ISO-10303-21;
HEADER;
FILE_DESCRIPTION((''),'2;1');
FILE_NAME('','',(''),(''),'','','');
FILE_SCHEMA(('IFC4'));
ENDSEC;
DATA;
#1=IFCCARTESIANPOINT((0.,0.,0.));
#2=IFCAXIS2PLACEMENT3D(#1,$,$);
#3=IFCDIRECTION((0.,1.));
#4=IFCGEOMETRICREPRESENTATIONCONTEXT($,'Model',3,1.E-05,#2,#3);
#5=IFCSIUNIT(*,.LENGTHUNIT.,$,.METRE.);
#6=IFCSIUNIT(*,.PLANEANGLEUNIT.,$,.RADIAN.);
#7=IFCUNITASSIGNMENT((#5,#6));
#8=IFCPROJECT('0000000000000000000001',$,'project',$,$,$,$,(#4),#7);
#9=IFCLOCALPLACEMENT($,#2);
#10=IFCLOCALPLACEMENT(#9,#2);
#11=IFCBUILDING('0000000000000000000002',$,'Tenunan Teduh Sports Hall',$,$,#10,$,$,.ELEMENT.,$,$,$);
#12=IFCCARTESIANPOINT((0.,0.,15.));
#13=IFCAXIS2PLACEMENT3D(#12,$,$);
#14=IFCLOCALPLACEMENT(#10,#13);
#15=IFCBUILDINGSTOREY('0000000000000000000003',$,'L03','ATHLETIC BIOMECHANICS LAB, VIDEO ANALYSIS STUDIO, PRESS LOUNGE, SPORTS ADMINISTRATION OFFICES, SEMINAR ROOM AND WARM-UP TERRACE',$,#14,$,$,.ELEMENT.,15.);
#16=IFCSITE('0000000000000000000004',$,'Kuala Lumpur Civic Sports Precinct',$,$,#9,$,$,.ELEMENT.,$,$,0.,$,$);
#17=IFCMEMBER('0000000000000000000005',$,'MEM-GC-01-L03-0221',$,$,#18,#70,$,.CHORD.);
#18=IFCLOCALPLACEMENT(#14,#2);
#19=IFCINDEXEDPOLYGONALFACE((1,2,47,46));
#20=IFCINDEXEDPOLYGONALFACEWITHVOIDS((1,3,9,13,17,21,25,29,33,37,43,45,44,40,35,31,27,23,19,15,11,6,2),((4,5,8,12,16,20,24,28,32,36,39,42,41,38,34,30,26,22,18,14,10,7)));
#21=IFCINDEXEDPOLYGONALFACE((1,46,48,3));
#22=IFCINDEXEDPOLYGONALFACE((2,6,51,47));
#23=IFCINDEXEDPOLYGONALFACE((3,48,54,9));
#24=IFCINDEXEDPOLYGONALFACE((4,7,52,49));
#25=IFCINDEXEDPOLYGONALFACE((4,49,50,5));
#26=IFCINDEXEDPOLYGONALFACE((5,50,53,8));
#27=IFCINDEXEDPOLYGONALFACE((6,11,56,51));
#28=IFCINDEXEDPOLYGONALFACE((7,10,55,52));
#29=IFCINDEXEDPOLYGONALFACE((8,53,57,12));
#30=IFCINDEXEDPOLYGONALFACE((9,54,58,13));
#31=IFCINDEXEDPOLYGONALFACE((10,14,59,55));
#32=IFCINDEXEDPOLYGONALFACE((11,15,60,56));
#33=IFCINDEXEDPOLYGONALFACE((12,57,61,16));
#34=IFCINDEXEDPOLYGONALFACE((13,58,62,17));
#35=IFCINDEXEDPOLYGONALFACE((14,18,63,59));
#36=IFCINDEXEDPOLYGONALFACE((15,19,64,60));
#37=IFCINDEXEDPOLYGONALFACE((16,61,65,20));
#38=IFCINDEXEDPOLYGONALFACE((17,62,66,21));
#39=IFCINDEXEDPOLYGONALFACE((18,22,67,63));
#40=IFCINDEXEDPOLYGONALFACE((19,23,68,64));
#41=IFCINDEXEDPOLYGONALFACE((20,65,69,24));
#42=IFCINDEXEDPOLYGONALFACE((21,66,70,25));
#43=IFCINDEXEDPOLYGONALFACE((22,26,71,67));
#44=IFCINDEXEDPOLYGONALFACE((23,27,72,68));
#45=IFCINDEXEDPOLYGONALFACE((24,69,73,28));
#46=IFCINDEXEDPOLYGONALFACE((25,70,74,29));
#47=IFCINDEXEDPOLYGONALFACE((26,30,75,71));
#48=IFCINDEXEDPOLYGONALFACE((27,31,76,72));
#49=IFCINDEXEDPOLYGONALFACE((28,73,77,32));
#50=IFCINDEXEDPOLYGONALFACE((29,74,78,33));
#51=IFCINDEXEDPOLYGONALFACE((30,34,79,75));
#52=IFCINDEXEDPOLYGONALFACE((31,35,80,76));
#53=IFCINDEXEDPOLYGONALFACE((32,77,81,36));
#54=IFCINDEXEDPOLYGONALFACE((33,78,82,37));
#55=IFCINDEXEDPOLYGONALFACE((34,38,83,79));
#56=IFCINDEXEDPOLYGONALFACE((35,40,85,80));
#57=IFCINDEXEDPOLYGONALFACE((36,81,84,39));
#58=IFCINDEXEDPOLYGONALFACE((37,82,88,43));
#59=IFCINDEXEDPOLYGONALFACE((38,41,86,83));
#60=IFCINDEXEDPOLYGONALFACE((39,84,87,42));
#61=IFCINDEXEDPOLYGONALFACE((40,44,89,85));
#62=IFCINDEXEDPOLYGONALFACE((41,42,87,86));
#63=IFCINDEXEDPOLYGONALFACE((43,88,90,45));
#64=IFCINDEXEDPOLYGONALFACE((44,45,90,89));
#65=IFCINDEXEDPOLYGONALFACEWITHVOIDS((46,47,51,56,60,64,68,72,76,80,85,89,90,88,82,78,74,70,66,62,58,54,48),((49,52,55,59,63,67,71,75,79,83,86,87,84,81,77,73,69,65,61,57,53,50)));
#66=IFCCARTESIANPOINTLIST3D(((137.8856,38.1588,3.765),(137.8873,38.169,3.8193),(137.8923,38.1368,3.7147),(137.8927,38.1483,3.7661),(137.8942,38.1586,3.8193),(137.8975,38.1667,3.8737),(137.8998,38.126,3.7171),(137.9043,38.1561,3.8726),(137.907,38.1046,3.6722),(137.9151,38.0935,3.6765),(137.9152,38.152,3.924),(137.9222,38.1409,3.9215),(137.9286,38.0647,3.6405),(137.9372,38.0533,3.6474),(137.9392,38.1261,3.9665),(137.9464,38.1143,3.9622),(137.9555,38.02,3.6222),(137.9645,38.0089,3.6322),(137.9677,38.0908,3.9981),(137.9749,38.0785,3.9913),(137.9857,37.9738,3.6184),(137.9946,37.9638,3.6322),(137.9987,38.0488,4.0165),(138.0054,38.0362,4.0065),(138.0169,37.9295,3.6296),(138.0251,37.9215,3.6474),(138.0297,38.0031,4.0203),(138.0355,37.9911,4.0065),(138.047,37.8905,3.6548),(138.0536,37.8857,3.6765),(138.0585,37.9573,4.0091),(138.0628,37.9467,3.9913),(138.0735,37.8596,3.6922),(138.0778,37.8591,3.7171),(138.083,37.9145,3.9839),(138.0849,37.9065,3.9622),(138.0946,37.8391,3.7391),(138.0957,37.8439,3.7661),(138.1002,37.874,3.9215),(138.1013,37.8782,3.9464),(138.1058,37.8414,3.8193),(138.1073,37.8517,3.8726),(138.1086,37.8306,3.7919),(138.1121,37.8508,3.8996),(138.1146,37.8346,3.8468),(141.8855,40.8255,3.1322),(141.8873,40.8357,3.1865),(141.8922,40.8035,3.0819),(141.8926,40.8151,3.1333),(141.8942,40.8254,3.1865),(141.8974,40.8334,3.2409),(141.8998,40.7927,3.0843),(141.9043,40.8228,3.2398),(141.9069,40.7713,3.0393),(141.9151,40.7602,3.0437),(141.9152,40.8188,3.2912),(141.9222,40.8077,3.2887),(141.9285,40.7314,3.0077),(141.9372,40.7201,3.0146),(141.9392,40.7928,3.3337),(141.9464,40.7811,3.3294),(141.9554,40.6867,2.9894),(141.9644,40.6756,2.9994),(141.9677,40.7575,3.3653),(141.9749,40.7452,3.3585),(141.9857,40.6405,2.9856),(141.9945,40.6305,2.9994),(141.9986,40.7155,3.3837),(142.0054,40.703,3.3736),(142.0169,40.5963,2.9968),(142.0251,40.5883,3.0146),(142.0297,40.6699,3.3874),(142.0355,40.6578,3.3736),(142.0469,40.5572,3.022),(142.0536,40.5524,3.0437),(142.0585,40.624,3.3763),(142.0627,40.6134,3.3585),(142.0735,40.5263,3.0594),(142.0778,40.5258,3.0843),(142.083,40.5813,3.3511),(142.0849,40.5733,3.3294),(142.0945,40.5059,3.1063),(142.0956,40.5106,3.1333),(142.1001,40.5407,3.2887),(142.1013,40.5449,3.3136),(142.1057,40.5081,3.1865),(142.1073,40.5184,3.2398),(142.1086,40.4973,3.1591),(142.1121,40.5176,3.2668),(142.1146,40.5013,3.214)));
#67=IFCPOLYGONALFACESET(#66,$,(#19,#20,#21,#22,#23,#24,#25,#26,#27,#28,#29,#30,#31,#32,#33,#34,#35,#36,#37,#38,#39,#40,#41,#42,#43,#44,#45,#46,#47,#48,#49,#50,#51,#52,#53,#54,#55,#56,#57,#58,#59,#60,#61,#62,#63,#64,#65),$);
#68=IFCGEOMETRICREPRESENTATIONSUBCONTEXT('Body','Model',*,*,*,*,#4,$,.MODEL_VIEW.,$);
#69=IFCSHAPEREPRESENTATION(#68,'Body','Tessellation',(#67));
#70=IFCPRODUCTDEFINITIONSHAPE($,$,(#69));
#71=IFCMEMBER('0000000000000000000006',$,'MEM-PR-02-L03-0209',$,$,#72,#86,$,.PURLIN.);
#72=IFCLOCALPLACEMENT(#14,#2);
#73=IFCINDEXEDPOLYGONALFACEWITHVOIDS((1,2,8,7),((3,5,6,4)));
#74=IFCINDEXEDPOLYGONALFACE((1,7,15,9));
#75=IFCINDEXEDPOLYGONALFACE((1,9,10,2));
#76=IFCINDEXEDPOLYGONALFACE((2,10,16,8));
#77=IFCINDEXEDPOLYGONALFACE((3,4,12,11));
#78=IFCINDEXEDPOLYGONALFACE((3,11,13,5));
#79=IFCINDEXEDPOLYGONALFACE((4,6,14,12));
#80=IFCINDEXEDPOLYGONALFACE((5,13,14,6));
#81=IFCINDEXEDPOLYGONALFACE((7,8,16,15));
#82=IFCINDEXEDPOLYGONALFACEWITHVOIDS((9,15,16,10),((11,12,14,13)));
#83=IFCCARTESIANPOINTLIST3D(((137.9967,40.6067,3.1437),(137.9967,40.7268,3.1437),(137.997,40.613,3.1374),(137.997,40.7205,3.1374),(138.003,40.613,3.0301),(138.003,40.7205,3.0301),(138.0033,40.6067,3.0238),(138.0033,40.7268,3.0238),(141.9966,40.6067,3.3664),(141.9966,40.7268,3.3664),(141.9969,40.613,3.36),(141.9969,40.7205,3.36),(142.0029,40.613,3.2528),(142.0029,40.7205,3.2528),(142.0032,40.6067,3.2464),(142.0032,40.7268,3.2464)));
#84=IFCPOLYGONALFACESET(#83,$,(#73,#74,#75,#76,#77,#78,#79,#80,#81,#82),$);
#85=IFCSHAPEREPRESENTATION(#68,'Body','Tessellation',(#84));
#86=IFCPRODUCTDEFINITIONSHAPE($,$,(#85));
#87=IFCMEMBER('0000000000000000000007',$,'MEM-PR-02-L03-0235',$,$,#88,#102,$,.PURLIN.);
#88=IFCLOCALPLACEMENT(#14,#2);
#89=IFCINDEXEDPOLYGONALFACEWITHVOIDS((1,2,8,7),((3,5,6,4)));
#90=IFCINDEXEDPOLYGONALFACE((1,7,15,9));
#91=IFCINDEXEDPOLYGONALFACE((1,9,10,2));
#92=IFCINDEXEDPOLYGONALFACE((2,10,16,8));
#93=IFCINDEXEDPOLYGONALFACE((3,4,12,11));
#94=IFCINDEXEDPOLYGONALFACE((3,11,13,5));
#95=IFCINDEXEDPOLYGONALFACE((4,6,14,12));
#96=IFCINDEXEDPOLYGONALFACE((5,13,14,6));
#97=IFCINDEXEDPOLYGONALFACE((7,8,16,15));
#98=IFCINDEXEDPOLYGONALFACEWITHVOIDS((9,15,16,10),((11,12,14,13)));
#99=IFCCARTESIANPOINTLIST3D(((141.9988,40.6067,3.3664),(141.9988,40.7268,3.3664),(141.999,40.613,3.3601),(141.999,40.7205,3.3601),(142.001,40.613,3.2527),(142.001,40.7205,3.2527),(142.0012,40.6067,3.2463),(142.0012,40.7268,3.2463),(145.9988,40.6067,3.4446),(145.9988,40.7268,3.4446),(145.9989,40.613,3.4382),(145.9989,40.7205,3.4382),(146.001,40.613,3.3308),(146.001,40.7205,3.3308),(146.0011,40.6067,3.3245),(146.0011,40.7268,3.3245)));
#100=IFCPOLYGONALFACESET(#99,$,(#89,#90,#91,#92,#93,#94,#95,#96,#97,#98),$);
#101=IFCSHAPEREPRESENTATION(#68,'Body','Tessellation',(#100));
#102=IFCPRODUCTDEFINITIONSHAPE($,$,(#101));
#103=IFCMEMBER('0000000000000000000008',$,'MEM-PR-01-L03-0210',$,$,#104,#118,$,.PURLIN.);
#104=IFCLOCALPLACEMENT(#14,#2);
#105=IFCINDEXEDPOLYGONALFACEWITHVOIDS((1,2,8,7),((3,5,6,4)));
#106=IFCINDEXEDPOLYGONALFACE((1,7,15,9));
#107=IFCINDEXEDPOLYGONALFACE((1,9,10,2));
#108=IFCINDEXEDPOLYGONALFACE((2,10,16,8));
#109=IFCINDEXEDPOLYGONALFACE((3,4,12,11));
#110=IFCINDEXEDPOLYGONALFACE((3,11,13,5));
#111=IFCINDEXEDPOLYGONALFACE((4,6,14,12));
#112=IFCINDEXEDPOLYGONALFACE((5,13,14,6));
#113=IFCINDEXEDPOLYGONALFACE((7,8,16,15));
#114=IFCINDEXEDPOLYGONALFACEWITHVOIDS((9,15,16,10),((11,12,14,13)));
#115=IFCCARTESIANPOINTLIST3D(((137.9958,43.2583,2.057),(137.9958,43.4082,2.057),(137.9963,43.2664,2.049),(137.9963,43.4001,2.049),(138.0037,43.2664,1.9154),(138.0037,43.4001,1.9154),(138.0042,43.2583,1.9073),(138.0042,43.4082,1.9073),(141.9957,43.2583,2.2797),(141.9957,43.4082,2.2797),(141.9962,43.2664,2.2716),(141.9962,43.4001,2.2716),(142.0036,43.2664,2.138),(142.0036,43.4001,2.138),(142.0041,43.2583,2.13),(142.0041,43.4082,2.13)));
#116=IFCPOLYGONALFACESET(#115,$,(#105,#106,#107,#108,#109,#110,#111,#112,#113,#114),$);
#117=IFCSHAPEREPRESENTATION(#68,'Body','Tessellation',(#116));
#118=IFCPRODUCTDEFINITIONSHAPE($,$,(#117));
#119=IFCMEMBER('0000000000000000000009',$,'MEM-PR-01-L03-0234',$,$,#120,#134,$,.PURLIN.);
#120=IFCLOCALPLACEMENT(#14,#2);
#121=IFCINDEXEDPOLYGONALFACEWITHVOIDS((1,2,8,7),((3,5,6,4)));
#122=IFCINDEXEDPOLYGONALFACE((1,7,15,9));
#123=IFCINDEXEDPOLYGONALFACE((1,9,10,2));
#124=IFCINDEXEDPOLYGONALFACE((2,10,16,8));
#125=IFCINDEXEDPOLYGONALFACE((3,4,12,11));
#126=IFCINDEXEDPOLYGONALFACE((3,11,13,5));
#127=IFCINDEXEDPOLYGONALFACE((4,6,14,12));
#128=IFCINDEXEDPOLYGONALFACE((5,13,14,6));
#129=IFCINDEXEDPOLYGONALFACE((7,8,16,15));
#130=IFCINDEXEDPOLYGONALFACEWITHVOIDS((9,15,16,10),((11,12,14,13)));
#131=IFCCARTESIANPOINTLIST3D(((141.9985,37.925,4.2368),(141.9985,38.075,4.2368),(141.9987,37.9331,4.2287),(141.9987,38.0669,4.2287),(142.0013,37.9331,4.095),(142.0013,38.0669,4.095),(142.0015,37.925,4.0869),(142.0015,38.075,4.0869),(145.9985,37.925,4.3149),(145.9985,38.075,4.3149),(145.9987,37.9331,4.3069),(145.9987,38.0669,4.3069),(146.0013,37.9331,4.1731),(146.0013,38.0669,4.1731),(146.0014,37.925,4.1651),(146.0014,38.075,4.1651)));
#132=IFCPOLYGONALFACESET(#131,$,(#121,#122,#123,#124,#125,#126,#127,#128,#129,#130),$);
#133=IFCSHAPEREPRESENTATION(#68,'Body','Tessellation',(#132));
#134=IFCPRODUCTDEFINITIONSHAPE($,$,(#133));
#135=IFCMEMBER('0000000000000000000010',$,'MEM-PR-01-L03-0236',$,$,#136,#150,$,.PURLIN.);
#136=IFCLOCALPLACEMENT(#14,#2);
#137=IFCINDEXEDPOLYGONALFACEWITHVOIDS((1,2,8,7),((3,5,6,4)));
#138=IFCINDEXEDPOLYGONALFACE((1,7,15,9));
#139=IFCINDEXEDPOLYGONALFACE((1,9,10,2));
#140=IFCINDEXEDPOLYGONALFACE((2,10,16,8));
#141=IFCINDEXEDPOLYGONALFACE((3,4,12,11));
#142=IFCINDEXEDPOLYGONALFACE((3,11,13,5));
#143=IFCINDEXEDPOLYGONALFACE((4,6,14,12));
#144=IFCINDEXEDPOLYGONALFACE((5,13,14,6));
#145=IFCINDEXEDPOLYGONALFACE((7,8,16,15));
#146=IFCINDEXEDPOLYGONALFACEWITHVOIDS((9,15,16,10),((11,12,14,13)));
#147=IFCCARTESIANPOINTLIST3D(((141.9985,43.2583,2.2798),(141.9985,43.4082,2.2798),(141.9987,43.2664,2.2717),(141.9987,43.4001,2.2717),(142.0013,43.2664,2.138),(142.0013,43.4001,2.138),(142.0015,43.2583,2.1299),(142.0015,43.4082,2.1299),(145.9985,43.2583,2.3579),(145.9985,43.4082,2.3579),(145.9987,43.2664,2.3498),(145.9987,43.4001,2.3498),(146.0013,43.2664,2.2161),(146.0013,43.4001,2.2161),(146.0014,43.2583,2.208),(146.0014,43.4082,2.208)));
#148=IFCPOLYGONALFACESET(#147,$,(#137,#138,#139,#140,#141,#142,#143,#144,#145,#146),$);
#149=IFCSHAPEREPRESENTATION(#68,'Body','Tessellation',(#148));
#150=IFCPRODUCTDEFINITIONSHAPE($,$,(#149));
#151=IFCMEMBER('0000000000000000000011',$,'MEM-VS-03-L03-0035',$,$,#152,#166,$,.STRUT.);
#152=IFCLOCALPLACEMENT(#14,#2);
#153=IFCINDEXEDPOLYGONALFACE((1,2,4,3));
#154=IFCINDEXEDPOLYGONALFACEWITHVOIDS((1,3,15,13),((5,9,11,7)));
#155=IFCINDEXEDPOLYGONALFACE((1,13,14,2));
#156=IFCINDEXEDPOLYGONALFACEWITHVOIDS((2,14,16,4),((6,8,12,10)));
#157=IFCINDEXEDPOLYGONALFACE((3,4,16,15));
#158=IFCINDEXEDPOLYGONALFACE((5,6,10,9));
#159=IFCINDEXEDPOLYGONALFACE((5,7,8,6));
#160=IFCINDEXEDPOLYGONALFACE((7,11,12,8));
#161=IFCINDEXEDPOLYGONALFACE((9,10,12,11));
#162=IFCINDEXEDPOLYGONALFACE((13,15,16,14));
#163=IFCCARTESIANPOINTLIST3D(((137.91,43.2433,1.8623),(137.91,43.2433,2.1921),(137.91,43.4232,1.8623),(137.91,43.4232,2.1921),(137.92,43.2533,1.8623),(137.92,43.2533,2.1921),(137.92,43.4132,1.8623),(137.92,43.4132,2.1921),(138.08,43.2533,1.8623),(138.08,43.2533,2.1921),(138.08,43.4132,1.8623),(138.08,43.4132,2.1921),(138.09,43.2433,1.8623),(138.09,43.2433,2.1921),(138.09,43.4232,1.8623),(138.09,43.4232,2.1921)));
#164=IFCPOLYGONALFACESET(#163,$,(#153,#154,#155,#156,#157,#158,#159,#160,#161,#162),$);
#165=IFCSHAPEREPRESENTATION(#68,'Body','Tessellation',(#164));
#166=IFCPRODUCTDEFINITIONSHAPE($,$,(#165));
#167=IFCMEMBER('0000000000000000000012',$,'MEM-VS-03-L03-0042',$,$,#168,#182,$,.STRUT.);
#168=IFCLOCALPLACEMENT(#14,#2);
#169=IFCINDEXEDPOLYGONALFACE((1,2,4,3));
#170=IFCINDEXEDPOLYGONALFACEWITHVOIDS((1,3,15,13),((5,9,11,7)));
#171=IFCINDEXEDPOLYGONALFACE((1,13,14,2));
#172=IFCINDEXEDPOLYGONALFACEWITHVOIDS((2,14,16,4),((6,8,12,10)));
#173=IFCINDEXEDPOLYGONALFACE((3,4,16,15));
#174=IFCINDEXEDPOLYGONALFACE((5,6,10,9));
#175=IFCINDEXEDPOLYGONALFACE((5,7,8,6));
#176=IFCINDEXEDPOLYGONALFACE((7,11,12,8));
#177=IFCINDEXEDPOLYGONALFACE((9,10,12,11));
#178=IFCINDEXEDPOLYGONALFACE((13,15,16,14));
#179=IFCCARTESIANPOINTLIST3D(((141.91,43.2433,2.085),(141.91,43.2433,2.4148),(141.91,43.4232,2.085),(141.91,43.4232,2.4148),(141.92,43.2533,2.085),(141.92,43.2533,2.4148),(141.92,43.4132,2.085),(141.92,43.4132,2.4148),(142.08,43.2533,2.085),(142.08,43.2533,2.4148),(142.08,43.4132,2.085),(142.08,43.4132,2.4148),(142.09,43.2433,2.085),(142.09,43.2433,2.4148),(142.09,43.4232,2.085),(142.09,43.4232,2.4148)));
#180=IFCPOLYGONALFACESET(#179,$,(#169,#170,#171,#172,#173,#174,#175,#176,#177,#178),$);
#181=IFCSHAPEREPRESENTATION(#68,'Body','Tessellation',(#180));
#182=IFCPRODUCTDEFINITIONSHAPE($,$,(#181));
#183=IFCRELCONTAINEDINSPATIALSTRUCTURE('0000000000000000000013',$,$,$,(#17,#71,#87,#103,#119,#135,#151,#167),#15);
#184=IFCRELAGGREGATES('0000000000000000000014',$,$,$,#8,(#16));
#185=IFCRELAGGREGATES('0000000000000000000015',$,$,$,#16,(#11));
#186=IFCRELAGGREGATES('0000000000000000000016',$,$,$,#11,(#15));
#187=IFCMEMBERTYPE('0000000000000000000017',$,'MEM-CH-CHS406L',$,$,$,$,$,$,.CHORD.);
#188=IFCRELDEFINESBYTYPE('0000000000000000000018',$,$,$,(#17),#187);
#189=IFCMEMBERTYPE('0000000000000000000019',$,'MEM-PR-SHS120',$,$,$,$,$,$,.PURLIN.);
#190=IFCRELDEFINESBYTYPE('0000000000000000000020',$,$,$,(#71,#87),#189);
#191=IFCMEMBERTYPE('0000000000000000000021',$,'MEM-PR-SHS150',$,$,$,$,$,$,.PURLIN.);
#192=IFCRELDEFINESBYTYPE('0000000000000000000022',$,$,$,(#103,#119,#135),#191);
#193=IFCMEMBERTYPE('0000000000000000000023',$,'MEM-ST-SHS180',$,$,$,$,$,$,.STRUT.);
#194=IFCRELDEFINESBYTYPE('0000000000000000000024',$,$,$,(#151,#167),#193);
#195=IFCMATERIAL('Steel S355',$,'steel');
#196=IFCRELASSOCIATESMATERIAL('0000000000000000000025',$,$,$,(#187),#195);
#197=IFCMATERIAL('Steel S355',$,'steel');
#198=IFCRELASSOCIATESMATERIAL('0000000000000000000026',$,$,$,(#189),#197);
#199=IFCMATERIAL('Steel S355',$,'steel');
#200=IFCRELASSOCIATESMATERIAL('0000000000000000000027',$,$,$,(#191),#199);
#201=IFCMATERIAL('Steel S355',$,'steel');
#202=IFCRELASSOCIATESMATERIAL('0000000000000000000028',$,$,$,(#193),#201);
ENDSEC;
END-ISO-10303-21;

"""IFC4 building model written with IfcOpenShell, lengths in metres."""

from ifc_helpers import new_model, si_unit, direction, frame, origin, origin_2d, place, context, subcontext, project, spatial, hollow_rectangle, hollow_circle, extrude, material, material_profile, profile_set, type_object, element, save


model = new_model("IFC4")

# Units and contexts
model_context = context("Model", 3, precision=1e-05, world=origin(), true_north=direction((0.0, 1.0)))
body_context = subcontext(model_context, "Body", "Model", "MODEL_VIEW")
ifc_project = project(units=[si_unit("LENGTHUNIT", "METRE"), si_unit("PLANEANGLEUNIT", "RADIAN")], contexts=[model_context])

# Site, building, storey
site_placement = place(None, origin())
site = spatial("IfcSite", under=ifc_project, at=site_placement, Name="Kuala Lumpur Civic Sports Precinct", CompositionType="ELEMENT", RefElevation=0.0)
building_placement = place(site_placement, origin())
building = spatial("IfcBuilding", under=site, at=building_placement, Name="Tenunan Teduh Sports Hall", CompositionType="ELEMENT")
storey_placement = place(building_placement, frame((0.0, 0.0, 15.0)))
storey = spatial("IfcBuildingStorey", under=building, at=storey_placement, Name="L03", Description="ATHLETIC BIOMECHANICS LAB, VIDEO ANALYSIS STUDIO, PRESS LOUNGE, SPORTS ADMINISTRATION OFFICES, SEMINAR ROOM AND WARM-UP TERRACE", CompositionType="ELEMENT", Elevation=15.0)

# Members
ifc_material_1 = material(Name="Steel S355", Category="steel")
ifc_material_profile_1 = material_profile(ifc_material_1, hollow_circle(Radius=0.2031, WallThickness=0.0125, at=origin_2d()), Name="CHS 406.4x12.5")
ifc_profile_set_1 = profile_set([ifc_material_profile_1], Name="Steel S355")
member_type_1 = type_object("IfcMemberType", Name="MEM-CH-CHS406L", PredefinedType="CHORD", material=ifc_profile_set_1)
member_1_placement = place(storey_placement, frame((138.0, 38.0, 3.8193), z_axis=(0.824926, 0.549968, -0.130506), x_axis=(-0.554712, 0.832042, 0.0)))
element("IfcMember", 1, at=member_1_placement, inside=storey, type_object=member_type_1, Name="MEM-GC-01-L03-0221", PredefinedType="CHORD", context=body_context, shape_type="SweptSolid", body=[
    extrude(hollow_circle(Radius=0.2031, WallThickness=0.0125, at=origin_2d()), origin(), (0.0, 0.0, 1.0), 4.8489),
])
ifc_material_2 = material(Name="Steel S355", Category="steel")
ifc_material_profile_2 = material_profile(ifc_material_2, hollow_rectangle(XDim=0.1201, YDim=0.1201, WallThickness=0.0063, at=origin_2d()), Name="SHS 120x120x6.3")
ifc_profile_set_2 = profile_set([ifc_material_profile_2], Name="Steel S355")
member_type_2 = type_object("IfcMemberType", Name="MEM-PR-SHS120", PredefinedType="PURLIN", material=ifc_profile_set_2)
member_2_placement = place(storey_placement, frame((138.0, 40.6667, 3.0837), z_axis=(0.998454, 0.0, 0.055578), x_axis=(0.0, 1.0, 0.0)))
element("IfcMember", 2, at=member_2_placement, inside=storey, type_object=member_type_2, Name="MEM-PR-02-L03-0209", PredefinedType="PURLIN", context=body_context, shape_type="SweptSolid", body=[
    extrude(hollow_rectangle(XDim=0.1201, YDim=0.1201, WallThickness=0.0063, at=origin_2d()), origin(), (0.0, 0.0, 1.0), 4.0061),
])
member_3_placement = place(storey_placement, frame((142.0, 40.6667, 3.3064), z_axis=(0.999809, 0.0, 0.019528), x_axis=(0.0, 1.0, 0.0)))
element("IfcMember", 3, at=member_3_placement, inside=storey, type_object=member_type_2, Name="MEM-PR-02-L03-0235", PredefinedType="PURLIN", context=body_context, shape_type="SweptSolid", body=[
    extrude(hollow_rectangle(XDim=0.1201, YDim=0.1201, WallThickness=0.0063, at=origin_2d()), origin(), (0.0, 0.0, 1.0), 4.0007),
])
ifc_material_3 = material(Name="Steel S355", Category="steel")
ifc_material_profile_3 = material_profile(ifc_material_3, hollow_rectangle(XDim=0.1499, YDim=0.1499, WallThickness=0.0081, at=origin_2d()), Name="SHS 150x150x8.0")
ifc_profile_set_3 = profile_set([ifc_material_profile_3], Name="Steel S355")
member_type_3 = type_object("IfcMemberType", Name="MEM-PR-SHS150", PredefinedType="PURLIN", material=ifc_profile_set_3)
member_4_placement = place(storey_placement, frame((138.0, 43.3333, 1.9822), z_axis=(0.998454, 0.0, 0.055578), x_axis=(0.0, 1.0, 0.0)))
element("IfcMember", 4, at=member_4_placement, inside=storey, type_object=member_type_3, Name="MEM-PR-01-L03-0210", PredefinedType="PURLIN", context=body_context, shape_type="SweptSolid", body=[
    extrude(hollow_rectangle(XDim=0.1499, YDim=0.1499, WallThickness=0.0081, at=origin_2d()), origin(), (0.0, 0.0, 1.0), 4.0061),
])
for number, where, z_axis, x_axis, name in (
    (5, (142.0, 38.0, 4.1619), (0.999809, 0.0, 0.019528), (0.0, 1.0, 0.0), "MEM-PR-01-L03-0234"),
    (6, (142.0, 43.3333, 2.2048), (0.999809, 0.0, 0.019528), (0.0, 1.0, 0.0), "MEM-PR-01-L03-0236"),
):
    element("IfcMember", number, at=place(storey_placement, frame(where, z_axis=z_axis, x_axis=x_axis)), inside=storey, type_object=member_type_3, Name=name, PredefinedType="PURLIN", context=body_context, shape_type="SweptSolid", body=[
        extrude(hollow_rectangle(XDim=0.1499, YDim=0.1499, WallThickness=0.0081, at=origin_2d()), origin(), (0.0, 0.0, 1.0), 4.0007),
    ])
ifc_material_4 = material(Name="Steel S355", Category="steel")
ifc_material_profile_4 = material_profile(ifc_material_4, hollow_rectangle(XDim=0.1799, YDim=0.1799, WallThickness=0.01, at=origin_2d()), Name="SHS 180x180x10.0")
ifc_profile_set_4 = profile_set([ifc_material_profile_4], Name="Steel S355")
member_type_4 = type_object("IfcMemberType", Name="MEM-ST-SHS180", PredefinedType="STRUT", material=ifc_profile_set_4)
for number, where, z_axis, x_axis, name in (
    (7, (138.0, 43.3333, 1.8623), (0.0, 0.0, 1.0), (1.0, 0.0, 0.0), "MEM-VS-03-L03-0035"),
    (8, (142.0, 43.3333, 2.085), (0.0, 0.0, 1.0), (1.0, 0.0, 0.0), "MEM-VS-03-L03-0042"),
):
    element("IfcMember", number, at=place(storey_placement, frame(where, z_axis=z_axis, x_axis=x_axis)), inside=storey, type_object=member_type_4, Name=name, PredefinedType="STRUT", context=body_context, shape_type="SweptSolid", body=[
        extrude(hollow_rectangle(XDim=0.1799, YDim=0.1799, WallThickness=0.01, at=origin_2d()), origin(), (0.0, 0.0, 1.0), 0.3298),
    ])

save(model, "model.ifc")
